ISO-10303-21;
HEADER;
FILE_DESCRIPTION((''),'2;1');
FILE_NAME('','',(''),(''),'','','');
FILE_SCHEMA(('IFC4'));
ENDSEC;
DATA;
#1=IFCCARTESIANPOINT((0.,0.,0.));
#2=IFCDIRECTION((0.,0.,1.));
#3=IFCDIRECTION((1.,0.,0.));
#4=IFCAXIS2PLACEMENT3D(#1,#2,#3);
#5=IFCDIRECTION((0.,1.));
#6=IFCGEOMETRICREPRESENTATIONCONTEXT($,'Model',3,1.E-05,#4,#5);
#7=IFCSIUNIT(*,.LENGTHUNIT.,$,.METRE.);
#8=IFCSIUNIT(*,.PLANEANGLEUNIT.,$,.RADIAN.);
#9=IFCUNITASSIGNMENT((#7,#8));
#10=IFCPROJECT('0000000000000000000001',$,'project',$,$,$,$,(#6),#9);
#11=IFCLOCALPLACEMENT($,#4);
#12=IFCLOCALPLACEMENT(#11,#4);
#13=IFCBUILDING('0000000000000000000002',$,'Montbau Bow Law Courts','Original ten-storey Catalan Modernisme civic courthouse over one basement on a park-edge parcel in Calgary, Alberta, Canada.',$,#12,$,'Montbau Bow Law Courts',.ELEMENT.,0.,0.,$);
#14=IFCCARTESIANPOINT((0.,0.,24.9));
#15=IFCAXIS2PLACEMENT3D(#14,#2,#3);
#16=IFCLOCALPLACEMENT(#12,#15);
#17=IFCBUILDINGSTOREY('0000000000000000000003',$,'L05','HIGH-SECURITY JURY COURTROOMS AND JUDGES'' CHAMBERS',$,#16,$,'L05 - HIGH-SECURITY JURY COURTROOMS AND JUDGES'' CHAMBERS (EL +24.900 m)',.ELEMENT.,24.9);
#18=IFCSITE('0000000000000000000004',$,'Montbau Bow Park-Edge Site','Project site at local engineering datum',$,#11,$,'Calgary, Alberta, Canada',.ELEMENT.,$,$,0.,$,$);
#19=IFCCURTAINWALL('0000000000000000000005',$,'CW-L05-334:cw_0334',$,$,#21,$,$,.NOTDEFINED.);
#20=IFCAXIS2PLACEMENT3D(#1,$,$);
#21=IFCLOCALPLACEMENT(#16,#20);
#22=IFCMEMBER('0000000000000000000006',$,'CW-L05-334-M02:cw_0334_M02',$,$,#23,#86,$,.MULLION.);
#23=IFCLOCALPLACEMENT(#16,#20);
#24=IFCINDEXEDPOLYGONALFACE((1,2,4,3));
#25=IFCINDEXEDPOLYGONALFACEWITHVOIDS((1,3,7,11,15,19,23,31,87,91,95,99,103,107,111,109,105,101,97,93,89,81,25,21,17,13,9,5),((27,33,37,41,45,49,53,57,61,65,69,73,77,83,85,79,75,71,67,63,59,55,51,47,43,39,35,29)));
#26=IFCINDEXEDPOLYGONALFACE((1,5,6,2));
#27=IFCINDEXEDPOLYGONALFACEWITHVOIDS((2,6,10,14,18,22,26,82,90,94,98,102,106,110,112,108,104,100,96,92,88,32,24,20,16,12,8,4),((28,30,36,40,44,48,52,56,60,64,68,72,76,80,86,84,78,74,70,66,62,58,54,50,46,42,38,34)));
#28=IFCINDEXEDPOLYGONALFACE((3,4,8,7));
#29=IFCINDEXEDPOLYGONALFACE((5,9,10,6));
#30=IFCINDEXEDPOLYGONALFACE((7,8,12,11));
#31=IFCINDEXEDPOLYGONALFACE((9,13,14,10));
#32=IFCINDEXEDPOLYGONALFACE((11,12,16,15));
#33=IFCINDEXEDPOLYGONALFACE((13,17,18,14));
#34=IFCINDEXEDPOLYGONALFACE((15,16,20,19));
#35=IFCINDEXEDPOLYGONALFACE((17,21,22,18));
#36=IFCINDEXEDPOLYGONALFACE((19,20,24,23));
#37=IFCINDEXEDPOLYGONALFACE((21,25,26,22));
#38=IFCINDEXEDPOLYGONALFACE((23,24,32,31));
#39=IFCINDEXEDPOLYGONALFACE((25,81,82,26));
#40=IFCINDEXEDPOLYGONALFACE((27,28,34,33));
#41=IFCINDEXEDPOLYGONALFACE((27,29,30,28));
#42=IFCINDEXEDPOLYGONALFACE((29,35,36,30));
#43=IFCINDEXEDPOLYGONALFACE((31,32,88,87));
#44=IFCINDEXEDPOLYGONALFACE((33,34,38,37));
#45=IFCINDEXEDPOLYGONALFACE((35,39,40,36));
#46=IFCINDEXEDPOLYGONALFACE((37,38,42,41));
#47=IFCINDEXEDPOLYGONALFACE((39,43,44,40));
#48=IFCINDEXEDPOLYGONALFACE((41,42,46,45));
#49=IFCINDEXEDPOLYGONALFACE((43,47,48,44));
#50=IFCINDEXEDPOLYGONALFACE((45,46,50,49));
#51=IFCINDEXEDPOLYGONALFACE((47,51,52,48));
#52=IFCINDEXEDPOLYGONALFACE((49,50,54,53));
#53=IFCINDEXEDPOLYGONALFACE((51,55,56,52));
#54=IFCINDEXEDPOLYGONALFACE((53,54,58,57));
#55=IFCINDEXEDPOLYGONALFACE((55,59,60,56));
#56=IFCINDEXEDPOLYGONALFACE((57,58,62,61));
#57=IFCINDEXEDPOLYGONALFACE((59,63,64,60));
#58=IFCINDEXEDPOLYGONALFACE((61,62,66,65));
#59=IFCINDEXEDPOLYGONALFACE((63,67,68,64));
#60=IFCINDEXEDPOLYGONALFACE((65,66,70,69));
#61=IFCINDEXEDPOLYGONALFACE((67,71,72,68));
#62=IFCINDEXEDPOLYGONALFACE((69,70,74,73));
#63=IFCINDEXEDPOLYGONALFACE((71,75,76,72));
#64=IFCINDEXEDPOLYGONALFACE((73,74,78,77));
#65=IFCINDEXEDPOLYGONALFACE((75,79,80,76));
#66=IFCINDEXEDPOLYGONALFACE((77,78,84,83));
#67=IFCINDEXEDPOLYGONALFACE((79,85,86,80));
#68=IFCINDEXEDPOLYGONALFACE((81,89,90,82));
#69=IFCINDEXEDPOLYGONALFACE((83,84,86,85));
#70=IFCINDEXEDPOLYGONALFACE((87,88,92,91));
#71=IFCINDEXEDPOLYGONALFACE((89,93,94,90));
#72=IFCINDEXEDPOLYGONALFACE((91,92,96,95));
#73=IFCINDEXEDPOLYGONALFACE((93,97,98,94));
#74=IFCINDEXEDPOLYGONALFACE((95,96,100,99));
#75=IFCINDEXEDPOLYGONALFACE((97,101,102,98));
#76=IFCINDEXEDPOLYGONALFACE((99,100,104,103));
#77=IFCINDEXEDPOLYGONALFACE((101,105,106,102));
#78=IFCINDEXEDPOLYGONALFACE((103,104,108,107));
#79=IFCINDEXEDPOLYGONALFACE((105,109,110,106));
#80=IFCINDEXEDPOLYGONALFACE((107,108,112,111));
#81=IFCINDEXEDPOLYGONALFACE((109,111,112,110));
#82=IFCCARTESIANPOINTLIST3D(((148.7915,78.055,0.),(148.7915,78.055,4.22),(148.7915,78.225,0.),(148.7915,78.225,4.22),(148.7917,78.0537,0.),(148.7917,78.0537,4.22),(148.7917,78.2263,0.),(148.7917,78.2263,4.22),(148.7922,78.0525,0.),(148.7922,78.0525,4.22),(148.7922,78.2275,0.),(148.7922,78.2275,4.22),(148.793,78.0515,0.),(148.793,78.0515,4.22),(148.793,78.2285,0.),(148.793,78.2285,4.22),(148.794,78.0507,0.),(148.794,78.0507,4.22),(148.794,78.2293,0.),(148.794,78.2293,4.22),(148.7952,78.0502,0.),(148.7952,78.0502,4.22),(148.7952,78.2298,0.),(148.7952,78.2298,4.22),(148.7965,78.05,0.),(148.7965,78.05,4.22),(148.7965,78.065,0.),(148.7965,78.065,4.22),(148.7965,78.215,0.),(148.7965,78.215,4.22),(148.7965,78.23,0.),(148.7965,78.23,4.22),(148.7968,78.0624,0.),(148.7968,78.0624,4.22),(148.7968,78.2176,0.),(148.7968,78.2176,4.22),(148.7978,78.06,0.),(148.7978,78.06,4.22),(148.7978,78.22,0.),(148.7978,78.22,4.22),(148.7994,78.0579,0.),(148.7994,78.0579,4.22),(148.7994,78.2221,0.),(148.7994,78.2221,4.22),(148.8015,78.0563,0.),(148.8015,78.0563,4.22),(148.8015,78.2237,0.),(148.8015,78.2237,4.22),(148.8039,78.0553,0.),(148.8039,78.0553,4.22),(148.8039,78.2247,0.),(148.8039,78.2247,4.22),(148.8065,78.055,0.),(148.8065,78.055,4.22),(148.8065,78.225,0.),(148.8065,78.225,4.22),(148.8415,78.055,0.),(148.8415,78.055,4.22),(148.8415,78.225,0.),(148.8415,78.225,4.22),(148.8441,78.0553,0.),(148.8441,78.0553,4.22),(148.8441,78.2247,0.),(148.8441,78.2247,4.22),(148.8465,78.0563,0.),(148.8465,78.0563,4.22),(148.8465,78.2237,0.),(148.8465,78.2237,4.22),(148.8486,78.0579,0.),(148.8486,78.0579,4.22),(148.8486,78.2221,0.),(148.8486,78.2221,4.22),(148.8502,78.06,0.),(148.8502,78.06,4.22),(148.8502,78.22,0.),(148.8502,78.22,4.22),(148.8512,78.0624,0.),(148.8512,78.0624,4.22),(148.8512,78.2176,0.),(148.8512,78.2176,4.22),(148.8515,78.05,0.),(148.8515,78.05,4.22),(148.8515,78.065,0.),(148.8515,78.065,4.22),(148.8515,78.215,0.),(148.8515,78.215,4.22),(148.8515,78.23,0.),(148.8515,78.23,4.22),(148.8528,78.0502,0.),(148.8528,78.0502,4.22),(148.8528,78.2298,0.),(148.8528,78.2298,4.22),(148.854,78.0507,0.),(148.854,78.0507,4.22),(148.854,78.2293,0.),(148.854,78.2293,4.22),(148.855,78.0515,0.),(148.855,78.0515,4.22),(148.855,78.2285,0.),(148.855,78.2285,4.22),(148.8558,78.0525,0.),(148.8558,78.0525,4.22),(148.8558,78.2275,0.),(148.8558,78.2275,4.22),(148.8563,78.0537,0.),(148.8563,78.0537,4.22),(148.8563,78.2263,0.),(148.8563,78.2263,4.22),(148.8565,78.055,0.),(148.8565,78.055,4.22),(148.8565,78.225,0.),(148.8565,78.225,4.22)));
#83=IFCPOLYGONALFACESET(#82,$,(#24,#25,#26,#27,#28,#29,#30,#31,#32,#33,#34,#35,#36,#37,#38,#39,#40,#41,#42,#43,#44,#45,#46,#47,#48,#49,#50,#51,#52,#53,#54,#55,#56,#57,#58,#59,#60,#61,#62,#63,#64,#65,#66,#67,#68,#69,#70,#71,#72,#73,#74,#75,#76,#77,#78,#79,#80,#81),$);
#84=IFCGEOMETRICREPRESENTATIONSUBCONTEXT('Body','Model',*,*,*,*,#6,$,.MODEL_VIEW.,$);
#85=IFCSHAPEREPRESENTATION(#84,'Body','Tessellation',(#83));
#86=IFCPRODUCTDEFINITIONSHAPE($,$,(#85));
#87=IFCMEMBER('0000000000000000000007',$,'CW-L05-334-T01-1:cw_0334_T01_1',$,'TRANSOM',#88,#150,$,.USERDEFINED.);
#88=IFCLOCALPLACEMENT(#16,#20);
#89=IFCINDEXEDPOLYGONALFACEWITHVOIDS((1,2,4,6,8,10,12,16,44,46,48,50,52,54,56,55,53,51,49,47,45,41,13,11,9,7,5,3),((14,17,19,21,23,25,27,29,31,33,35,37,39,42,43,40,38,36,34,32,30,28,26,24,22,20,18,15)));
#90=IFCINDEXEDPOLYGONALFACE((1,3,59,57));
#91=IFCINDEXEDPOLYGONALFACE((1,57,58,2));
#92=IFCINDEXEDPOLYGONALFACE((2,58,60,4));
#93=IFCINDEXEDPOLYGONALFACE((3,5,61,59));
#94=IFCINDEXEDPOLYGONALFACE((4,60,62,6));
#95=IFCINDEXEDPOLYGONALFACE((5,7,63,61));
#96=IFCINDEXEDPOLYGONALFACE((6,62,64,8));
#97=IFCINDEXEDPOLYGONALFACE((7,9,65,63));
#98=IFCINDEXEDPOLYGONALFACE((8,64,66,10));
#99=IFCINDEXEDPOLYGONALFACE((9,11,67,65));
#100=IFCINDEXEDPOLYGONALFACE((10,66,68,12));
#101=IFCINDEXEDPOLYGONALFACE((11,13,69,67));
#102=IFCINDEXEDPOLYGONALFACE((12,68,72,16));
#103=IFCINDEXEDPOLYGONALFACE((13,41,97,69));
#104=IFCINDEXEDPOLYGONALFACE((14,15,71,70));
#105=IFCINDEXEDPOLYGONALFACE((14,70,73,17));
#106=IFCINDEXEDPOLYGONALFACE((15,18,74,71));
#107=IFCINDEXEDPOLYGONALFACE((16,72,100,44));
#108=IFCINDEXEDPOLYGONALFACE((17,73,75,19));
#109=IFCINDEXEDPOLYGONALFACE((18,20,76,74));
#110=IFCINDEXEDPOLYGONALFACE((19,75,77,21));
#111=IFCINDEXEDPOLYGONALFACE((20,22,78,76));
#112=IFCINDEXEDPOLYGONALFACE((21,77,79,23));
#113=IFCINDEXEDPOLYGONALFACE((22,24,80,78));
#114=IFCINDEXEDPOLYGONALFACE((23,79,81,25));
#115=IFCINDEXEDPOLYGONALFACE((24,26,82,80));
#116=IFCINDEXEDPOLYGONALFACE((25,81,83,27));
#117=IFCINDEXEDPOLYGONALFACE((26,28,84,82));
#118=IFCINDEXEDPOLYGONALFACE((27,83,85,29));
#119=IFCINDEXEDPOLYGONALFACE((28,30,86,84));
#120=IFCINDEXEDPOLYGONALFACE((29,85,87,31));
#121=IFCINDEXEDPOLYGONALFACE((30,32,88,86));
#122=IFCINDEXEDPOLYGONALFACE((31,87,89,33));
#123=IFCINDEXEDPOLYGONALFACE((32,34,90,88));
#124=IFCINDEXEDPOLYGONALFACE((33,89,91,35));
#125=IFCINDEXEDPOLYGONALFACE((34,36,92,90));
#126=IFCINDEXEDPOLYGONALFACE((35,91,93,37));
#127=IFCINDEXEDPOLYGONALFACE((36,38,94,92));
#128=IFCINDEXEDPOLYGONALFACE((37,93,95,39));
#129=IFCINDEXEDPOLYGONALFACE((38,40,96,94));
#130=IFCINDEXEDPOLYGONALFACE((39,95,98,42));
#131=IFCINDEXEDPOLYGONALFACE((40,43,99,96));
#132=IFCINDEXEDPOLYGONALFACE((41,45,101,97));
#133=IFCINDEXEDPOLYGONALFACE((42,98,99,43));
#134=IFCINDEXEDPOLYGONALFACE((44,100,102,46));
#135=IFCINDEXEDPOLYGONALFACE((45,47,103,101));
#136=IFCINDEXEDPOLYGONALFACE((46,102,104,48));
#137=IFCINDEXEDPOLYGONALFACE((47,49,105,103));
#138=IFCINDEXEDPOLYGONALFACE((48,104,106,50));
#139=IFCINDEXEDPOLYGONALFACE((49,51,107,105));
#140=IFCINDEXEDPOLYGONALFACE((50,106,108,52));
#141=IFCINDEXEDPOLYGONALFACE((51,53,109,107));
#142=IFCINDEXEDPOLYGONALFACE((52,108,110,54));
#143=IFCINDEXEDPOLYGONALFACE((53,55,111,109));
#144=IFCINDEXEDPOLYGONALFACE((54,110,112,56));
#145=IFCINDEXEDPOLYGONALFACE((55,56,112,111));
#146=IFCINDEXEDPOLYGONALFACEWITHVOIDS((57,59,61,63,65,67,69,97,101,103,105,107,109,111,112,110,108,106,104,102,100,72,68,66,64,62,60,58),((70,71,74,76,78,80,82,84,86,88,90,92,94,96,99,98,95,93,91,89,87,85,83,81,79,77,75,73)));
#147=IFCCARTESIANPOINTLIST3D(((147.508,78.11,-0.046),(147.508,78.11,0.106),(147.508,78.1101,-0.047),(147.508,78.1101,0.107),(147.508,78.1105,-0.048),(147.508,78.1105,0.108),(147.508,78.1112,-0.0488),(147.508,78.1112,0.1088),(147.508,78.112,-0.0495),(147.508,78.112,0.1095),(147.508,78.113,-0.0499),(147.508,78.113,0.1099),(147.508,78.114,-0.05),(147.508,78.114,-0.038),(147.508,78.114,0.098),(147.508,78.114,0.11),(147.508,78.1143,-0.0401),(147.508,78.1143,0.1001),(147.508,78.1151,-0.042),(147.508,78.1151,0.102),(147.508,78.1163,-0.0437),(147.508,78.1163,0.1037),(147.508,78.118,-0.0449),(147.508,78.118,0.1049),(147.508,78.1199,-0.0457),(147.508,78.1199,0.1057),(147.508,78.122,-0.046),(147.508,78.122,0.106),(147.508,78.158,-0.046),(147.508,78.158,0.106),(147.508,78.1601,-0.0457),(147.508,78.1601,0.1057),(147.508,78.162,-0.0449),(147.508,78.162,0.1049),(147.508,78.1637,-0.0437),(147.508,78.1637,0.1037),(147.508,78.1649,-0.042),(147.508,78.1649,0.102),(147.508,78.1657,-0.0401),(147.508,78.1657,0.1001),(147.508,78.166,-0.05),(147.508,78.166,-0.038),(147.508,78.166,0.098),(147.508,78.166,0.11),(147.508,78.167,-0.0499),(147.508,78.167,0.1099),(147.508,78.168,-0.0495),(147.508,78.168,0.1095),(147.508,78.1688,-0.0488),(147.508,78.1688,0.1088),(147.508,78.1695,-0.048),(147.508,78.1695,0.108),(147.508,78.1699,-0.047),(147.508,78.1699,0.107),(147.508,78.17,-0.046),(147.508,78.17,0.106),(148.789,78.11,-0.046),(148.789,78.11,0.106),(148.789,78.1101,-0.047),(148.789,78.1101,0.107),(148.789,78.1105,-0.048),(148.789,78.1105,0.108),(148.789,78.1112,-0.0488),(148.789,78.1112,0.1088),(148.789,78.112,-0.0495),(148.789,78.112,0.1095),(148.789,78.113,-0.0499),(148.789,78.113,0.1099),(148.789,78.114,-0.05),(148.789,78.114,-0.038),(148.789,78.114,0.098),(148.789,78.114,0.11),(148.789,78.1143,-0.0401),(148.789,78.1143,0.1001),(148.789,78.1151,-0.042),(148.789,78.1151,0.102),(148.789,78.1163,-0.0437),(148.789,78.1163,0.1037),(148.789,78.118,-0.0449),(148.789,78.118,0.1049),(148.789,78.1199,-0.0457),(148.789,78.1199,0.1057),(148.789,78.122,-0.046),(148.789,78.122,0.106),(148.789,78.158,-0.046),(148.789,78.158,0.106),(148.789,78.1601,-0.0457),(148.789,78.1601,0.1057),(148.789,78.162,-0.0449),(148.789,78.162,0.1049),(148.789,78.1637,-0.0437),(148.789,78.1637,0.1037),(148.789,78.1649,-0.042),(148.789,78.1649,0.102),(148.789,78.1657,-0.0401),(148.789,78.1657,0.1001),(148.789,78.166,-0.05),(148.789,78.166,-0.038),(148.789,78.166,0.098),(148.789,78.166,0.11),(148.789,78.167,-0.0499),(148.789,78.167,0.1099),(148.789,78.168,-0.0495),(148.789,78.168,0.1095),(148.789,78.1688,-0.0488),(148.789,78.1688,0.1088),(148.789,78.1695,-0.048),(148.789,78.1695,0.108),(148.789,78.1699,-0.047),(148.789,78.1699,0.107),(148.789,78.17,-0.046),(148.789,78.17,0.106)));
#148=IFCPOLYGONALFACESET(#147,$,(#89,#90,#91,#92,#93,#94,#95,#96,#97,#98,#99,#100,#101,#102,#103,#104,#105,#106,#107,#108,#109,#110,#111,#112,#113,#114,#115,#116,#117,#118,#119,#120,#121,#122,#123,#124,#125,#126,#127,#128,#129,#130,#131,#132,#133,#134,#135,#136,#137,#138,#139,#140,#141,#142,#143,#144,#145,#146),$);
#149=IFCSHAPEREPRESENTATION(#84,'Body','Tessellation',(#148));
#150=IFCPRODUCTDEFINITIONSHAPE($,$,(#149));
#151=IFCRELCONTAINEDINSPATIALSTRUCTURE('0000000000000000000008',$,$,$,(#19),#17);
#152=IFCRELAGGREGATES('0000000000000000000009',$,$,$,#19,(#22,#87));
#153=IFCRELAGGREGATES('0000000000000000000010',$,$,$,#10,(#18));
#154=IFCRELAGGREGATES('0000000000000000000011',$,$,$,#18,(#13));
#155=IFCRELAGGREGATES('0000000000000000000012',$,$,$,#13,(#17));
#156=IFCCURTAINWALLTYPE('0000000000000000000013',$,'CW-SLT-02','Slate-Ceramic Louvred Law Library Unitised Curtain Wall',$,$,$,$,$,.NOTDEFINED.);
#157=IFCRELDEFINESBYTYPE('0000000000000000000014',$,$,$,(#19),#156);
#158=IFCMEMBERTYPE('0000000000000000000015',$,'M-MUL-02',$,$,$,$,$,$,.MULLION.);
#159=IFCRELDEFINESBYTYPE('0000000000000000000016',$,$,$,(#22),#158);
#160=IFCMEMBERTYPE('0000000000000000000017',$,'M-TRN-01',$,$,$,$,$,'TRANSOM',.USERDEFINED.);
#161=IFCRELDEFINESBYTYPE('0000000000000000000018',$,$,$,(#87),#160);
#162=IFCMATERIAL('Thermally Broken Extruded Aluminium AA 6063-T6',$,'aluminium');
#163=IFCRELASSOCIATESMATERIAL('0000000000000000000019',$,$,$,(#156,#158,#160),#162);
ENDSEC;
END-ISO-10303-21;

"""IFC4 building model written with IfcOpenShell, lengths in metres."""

from ifc_helpers import new_model, si_unit, direction, frame, origin_with_axes, origin_2d_with_axis, place, context, subcontext, project, spatial, hollow_rectangle, extrude, material, material_profile, profile_set, type_object, element, aggregate, save


model = new_model("IFC4")

# Units and contexts
model_context = context("Model", 3, precision=1e-05, world=origin_with_axes(), true_north=direction((0.0, 1.0)))
body_context = subcontext(model_context, "Body", "Model", "MODEL_VIEW")
ifc_project = project(units=[si_unit("LENGTHUNIT", "METRE"), si_unit("PLANEANGLEUNIT", "RADIAN")], contexts=[model_context])

# Site, building, storey
site_placement = place(None, origin_with_axes())
site = spatial("IfcSite", under=ifc_project, at=site_placement, Name="Montbau Bow Park-Edge Site", Description="Project site at local engineering datum", LongName="Calgary, Alberta, Canada", CompositionType="ELEMENT", RefElevation=0.0)
building_placement = place(site_placement, origin_with_axes())
building = spatial("IfcBuilding", under=site, at=building_placement, Name="Montbau Bow Law Courts", Description="Original ten-storey Catalan Modernisme civic courthouse over one basement on a park-edge parcel in Calgary, Alberta, Canada.", LongName="Montbau Bow Law Courts", CompositionType="ELEMENT", ElevationOfRefHeight=0.0, ElevationOfTerrain=0.0)
storey_placement = place(building_placement, frame((0.0, 0.0, 24.9), z_axis=(0.0, 0.0, 1.0), x_axis=(1.0, 0.0, 0.0)))
storey = spatial("IfcBuildingStorey", under=building, at=storey_placement, Name="L05", Description="HIGH-SECURITY JURY COURTROOMS AND JUDGES' CHAMBERS", LongName="L05 - HIGH-SECURITY JURY COURTROOMS AND JUDGES' CHAMBERS (EL +24.900 m)", CompositionType="ELEMENT", Elevation=24.9)

# Shared definitions
ifc_material_1 = material(Name="Thermally Broken Extruded Aluminium AA 6063-T6", Category="aluminium")
curtain_wall_type = type_object("IfcCurtainWallType", Name="CW-SLT-02", Description="Slate-Ceramic Louvred Law Library Unitised Curtain Wall", PredefinedType="NOTDEFINED", material=ifc_material_1)

# Curtain wall, members
curtain_wall_1_placement = place(None, frame((147.44, 78.14, 24.9), z_axis=(0.0, 0.0, 1.0), x_axis=(1.0, 0.0, 0.0)))
curtain_wall_1 = element("IfcCurtainWall", 1, at=curtain_wall_1_placement, inside=storey, type_object=curtain_wall_type, Name="CW-L05-334:cw_0334", PredefinedType="NOTDEFINED")
ifc_material_profile_1 = material_profile(ifc_material_1, hollow_rectangle(XDim=0.065, YDim=0.18, WallThickness=0.005, InnerFilletRadius=0.01, OuterFilletRadius=0.005, at=origin_2d_with_axis()), Name="CWM-180X65", Category="Main", Priority=0)
ifc_profile_set_1 = profile_set([ifc_material_profile_1], Name="Thermally Broken Extruded Aluminium AA 6063-T6")
member_type_1 = type_object("IfcMemberType", Name="M-MUL-02", PredefinedType="MULLION", material=ifc_profile_set_1)
member_1_placement = place(None, frame((148.824, 78.14, 24.9), z_axis=(0.0, 0.0, 1.0), x_axis=(1.0, 0.0, 0.0)))
member_1 = element("IfcMember", 2, at=member_1_placement, type_object=member_type_1, Name="CW-L05-334-M02:cw_0334_M02", PredefinedType="MULLION", context=body_context, shape_type="SweptSolid", body=[
    extrude(hollow_rectangle(XDim=0.065, YDim=0.18, WallThickness=0.005, InnerFilletRadius=0.01, OuterFilletRadius=0.005, at=origin_2d_with_axis()), origin_with_axes(), (0.0, 0.0, 1.0), 4.22),
])
ifc_material_profile_2 = material_profile(ifc_material_1, hollow_rectangle(XDim=0.06, YDim=0.16, WallThickness=0.004, InnerFilletRadius=0.008, OuterFilletRadius=0.004, at=origin_2d_with_axis()), Name="CWT-160X60", Category="Main", Priority=0)
ifc_profile_set_2 = profile_set([ifc_material_profile_2], Name="Thermally Broken Extruded Aluminium AA 6063-T6")
member_type_2 = type_object("IfcMemberType", Name="M-TRN-01", ElementType="TRANSOM", PredefinedType="USERDEFINED", material=ifc_profile_set_2)
member_2_placement = place(None, frame((147.508, 78.14, 24.93), z_axis=(1.0, 0.0, 0.0), x_axis=(0.0, 1.0, 0.0)))
member_2 = element("IfcMember", 3, at=member_2_placement, type_object=member_type_2, Name="CW-L05-334-T01-1:cw_0334_T01_1", ObjectType="TRANSOM", PredefinedType="USERDEFINED", context=body_context, shape_type="SweptSolid", body=[
    extrude(hollow_rectangle(XDim=0.06, YDim=0.16, WallThickness=0.004, InnerFilletRadius=0.008, OuterFilletRadius=0.004, at=origin_2d_with_axis()), origin_with_axes(), (0.0, 0.0, 1.0), 1.281),
])
aggregate(curtain_wall_1, [member_1, member_2])

save(model, "model.ifc")
